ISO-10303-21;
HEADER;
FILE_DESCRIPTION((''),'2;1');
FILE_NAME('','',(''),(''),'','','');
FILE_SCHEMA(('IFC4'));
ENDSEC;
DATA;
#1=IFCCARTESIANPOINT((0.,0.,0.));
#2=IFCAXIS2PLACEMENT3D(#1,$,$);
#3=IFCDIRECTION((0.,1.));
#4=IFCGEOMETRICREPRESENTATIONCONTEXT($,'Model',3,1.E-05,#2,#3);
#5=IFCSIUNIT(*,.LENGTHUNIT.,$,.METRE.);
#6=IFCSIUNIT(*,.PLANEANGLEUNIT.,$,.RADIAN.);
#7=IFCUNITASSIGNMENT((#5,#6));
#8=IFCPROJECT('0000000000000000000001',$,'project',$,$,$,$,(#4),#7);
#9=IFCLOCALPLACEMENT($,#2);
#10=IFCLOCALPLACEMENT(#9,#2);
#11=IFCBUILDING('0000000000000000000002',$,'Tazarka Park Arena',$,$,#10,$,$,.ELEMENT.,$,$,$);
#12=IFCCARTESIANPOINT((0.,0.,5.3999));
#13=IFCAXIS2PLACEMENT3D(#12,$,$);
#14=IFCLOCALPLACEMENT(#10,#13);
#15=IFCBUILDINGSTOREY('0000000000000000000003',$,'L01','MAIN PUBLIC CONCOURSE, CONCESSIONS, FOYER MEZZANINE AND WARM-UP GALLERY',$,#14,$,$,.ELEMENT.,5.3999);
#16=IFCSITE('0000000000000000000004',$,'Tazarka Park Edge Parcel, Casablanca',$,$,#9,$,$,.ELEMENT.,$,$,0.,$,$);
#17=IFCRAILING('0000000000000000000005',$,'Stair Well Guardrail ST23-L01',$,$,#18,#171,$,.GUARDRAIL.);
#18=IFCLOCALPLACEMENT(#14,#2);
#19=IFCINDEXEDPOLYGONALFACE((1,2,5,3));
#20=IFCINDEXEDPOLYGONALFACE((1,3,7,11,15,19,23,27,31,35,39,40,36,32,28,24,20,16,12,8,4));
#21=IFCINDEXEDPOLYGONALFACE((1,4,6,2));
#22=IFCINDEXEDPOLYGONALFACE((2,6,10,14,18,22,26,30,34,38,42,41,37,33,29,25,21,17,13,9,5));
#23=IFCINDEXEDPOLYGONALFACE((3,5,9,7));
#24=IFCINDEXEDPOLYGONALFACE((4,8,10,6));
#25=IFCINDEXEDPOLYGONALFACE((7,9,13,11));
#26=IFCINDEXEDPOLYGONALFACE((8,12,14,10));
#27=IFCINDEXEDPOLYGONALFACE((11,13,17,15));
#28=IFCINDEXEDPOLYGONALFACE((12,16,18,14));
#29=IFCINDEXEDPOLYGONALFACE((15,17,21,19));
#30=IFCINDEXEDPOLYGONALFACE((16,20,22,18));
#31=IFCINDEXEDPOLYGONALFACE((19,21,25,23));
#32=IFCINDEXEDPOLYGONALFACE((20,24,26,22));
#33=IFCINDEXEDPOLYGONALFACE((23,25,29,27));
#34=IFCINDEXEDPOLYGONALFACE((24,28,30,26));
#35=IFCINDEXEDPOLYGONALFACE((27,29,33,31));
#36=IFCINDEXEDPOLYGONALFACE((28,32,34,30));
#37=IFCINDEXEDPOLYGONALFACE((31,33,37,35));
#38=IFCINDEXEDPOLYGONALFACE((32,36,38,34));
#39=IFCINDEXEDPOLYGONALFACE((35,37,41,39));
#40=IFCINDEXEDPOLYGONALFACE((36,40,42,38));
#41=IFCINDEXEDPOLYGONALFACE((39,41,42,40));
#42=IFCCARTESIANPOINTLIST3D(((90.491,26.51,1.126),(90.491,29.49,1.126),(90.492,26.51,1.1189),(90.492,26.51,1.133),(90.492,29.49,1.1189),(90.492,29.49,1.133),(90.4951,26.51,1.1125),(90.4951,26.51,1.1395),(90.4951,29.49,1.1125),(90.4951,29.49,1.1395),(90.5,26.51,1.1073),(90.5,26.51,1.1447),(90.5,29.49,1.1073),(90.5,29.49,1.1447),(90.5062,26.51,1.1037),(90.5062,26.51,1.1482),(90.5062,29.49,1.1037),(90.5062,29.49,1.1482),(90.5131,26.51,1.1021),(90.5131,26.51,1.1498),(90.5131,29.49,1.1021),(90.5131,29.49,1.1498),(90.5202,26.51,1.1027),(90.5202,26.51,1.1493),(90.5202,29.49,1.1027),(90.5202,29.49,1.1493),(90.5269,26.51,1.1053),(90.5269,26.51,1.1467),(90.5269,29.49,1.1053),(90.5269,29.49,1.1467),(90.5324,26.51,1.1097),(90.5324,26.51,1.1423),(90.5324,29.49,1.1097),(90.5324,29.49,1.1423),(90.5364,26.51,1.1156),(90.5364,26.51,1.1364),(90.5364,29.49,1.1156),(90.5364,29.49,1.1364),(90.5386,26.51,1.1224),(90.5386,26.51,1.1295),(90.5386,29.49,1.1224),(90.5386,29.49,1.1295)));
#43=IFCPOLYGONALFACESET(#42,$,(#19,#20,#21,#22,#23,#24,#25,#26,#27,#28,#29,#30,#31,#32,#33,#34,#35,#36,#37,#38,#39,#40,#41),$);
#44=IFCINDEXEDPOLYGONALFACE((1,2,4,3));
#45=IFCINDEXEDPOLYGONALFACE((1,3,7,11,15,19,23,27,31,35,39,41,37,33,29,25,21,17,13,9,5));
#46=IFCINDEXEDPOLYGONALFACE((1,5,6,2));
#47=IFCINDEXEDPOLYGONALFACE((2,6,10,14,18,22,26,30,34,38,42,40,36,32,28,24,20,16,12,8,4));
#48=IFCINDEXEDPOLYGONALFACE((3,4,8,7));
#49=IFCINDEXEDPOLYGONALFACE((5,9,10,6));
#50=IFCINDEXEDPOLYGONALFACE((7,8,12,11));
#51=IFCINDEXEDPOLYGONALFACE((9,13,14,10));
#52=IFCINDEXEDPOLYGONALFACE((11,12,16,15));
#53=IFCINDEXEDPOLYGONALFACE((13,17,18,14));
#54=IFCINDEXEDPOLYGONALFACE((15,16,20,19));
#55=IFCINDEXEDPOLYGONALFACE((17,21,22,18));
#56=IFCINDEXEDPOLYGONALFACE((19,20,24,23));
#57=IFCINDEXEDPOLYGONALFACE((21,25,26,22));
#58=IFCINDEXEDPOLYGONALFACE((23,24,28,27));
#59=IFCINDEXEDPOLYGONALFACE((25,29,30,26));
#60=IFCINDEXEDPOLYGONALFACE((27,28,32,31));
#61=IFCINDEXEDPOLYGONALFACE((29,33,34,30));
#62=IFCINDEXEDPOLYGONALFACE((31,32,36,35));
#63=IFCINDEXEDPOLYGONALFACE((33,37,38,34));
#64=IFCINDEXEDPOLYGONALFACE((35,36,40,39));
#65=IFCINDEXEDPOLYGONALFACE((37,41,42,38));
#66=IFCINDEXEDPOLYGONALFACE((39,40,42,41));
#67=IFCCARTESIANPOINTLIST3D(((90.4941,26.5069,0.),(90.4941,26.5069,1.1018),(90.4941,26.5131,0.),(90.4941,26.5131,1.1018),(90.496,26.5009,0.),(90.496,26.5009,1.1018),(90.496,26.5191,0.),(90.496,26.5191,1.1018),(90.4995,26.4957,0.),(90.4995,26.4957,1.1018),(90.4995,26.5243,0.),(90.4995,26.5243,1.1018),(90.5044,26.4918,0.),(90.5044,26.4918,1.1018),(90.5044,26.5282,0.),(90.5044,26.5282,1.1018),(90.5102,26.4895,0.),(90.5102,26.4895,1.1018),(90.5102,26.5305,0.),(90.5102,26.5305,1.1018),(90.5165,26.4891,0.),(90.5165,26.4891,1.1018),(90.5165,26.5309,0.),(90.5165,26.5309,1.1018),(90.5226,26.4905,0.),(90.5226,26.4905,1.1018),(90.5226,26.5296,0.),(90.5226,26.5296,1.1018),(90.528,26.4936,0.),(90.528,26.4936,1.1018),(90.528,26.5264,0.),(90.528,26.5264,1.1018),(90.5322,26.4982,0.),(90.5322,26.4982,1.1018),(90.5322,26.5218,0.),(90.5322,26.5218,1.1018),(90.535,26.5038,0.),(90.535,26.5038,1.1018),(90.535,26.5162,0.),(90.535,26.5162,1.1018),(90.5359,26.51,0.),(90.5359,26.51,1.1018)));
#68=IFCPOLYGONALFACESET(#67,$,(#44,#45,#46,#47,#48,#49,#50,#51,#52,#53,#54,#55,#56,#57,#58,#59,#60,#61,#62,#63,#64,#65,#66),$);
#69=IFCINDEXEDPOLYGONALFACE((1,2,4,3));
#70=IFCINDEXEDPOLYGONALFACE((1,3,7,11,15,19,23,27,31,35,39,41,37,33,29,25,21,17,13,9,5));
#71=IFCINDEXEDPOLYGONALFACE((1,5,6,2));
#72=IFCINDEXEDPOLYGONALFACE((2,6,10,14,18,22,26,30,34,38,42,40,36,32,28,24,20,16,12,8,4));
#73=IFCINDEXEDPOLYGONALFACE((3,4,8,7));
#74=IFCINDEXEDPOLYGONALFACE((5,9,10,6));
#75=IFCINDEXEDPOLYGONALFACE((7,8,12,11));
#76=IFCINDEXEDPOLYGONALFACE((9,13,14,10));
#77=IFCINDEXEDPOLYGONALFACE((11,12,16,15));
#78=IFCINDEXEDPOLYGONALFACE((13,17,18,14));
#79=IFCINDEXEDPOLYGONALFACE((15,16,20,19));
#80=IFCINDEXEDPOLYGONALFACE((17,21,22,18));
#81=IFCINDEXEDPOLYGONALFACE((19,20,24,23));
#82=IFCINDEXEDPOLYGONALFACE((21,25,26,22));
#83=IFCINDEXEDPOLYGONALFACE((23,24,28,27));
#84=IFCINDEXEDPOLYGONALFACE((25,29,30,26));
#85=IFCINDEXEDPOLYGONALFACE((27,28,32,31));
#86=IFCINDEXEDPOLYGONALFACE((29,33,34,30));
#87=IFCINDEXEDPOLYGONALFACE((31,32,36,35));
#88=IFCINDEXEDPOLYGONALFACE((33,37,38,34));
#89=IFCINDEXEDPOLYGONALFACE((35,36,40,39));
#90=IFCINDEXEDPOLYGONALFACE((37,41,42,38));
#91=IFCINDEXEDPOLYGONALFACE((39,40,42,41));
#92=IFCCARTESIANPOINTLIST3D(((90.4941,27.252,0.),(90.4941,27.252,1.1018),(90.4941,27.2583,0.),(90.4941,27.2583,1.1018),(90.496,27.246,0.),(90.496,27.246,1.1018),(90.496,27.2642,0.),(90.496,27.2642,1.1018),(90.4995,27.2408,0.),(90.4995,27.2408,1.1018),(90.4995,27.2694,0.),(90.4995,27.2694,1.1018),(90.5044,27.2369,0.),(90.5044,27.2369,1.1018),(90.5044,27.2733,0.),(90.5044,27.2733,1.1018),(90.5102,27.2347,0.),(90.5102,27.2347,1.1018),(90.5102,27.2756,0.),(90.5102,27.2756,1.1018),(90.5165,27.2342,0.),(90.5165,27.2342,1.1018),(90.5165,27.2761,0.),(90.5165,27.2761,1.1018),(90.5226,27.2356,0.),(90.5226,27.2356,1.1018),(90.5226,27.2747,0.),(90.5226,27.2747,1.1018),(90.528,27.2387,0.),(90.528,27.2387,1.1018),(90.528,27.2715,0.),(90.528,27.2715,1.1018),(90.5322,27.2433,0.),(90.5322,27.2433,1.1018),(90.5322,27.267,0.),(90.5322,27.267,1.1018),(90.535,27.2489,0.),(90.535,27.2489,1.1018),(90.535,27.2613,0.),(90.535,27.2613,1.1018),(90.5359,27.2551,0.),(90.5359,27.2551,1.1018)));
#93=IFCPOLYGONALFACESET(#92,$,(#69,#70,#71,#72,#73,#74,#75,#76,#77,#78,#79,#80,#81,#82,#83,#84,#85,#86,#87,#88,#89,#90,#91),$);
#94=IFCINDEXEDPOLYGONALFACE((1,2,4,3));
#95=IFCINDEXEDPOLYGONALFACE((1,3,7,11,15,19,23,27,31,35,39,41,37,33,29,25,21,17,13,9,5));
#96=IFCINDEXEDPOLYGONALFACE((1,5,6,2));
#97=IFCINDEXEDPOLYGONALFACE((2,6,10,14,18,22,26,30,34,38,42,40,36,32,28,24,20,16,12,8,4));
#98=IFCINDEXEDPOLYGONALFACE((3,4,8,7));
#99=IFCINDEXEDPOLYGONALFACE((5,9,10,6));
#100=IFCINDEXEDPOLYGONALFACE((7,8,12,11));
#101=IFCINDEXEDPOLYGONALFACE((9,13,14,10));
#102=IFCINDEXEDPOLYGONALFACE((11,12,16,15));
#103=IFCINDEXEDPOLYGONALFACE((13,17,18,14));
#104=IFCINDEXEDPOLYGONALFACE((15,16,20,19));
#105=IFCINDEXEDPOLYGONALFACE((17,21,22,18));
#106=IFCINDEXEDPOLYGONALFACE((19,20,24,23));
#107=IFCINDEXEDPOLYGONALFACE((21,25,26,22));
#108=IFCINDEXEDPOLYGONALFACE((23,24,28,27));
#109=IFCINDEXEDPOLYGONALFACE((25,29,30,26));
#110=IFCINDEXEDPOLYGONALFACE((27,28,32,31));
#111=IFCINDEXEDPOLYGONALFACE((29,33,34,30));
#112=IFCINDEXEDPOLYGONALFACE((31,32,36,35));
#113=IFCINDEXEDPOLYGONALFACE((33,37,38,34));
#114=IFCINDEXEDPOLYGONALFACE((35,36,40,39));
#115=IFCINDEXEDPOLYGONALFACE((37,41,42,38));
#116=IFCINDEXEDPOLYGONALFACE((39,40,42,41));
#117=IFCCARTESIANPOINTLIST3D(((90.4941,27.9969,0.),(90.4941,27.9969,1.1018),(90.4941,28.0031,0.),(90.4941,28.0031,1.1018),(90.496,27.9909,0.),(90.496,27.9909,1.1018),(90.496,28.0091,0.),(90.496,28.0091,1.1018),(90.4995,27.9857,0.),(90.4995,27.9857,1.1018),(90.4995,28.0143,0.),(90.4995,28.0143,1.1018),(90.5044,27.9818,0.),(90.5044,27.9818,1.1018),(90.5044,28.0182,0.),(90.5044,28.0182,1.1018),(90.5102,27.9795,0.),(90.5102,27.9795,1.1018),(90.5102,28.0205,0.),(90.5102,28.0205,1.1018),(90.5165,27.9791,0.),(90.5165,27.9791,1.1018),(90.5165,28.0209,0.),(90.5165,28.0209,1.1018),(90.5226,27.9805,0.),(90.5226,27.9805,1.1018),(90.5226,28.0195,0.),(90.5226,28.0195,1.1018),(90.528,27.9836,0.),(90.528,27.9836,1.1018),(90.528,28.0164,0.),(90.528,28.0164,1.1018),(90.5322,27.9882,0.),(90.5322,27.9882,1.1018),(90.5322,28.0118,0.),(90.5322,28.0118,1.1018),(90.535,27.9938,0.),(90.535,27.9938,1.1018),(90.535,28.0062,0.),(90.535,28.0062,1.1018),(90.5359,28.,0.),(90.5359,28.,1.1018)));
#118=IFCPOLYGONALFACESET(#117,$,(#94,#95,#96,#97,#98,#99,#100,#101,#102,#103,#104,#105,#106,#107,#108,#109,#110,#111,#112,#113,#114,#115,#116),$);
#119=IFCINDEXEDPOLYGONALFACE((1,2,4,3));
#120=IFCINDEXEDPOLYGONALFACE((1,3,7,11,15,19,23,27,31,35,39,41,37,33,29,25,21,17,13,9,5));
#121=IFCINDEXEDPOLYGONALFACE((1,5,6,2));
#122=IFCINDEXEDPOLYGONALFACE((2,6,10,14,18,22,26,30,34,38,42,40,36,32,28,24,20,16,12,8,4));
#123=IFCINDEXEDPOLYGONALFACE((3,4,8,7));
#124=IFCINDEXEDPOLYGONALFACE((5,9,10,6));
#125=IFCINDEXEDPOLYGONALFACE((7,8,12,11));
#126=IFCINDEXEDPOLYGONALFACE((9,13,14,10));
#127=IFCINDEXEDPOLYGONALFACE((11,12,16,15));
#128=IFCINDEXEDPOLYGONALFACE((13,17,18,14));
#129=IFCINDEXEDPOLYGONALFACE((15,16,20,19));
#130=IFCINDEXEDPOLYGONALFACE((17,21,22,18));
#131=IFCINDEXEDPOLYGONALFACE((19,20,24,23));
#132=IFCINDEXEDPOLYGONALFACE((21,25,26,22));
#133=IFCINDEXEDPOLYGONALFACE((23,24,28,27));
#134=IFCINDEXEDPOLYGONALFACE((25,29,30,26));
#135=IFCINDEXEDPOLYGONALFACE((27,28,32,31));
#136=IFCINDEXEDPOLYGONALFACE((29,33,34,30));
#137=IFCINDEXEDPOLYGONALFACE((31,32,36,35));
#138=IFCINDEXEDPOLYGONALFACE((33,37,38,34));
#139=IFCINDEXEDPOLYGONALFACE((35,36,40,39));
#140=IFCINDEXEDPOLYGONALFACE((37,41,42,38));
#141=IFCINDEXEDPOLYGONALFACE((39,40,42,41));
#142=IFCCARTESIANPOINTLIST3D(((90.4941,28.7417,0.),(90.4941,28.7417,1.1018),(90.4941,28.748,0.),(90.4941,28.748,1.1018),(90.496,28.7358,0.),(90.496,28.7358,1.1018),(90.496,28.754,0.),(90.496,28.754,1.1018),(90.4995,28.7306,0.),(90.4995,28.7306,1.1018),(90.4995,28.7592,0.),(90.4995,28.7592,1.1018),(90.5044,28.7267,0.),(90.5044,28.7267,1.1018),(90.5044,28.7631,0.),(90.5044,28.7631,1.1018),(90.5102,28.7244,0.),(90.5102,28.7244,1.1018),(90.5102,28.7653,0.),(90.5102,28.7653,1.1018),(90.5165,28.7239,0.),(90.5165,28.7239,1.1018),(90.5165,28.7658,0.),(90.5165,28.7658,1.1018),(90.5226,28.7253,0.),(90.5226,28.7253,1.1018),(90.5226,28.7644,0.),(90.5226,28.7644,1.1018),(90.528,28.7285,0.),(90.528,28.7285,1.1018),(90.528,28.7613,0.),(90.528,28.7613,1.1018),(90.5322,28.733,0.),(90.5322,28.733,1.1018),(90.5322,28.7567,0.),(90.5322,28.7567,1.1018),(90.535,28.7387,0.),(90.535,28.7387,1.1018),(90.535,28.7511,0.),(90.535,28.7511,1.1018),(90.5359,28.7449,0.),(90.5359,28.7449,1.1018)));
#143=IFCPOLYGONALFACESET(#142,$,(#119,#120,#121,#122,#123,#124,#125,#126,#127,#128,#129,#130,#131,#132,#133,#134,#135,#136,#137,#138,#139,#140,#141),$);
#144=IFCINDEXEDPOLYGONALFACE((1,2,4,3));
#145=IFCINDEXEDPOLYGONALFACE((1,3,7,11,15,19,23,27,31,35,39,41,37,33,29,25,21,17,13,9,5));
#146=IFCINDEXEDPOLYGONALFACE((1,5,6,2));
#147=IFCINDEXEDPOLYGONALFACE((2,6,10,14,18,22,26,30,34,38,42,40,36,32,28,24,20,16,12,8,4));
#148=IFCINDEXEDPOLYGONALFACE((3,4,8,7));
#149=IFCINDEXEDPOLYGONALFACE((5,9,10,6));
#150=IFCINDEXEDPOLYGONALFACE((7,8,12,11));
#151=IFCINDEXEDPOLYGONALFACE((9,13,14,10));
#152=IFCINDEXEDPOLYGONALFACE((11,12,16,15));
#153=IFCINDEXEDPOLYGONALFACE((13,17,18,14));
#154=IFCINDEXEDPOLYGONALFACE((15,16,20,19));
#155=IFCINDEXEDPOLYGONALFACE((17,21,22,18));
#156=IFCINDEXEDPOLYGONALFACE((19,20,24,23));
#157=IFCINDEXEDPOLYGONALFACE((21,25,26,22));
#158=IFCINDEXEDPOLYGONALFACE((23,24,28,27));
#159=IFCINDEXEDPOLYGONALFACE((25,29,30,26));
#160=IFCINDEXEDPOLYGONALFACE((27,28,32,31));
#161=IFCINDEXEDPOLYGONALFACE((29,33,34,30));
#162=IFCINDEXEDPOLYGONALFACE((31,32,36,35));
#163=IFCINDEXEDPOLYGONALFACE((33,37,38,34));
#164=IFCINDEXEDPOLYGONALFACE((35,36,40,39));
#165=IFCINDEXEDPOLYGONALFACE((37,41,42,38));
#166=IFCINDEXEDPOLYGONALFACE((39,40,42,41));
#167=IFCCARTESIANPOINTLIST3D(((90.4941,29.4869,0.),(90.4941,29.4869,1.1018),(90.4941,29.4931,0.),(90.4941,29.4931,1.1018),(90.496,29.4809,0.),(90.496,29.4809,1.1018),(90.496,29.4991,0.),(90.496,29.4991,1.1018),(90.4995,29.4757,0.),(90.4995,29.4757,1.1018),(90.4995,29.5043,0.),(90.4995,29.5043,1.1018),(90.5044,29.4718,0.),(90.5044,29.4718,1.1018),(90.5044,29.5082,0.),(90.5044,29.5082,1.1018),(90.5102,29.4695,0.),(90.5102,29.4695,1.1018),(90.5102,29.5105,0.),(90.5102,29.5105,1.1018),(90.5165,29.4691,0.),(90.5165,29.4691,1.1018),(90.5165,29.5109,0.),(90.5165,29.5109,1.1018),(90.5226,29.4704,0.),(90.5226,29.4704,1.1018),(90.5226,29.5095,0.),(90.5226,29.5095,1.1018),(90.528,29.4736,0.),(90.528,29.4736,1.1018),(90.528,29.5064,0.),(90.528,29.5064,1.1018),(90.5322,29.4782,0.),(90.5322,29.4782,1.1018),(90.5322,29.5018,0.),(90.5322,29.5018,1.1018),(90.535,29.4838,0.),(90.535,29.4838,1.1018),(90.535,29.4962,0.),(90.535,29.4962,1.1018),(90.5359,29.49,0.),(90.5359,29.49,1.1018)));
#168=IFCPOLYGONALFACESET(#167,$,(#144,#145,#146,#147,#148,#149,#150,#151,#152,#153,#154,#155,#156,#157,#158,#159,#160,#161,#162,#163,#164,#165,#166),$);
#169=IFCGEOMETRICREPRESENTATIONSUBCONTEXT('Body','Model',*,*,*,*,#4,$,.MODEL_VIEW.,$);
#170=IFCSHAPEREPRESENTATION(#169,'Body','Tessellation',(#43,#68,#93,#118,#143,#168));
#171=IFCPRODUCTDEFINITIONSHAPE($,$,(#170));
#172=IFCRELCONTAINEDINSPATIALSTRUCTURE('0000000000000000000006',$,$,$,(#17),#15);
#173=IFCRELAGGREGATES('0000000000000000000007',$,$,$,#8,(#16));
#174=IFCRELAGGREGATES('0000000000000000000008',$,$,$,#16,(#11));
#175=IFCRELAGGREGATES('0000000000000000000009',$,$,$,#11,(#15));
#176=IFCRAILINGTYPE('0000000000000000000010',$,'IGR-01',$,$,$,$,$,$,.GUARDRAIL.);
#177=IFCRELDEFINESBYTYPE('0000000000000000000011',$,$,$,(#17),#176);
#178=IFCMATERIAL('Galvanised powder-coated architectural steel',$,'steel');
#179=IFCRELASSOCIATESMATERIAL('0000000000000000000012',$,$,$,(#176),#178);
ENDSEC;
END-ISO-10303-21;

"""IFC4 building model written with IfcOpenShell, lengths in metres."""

from ifc_helpers import new_model, si_unit, direction, frame, origin, origin_2d, place, context, subcontext, project, spatial, circle, extrude, material, type_object, element, save


model = new_model("IFC4")

# Units and contexts
model_context = context("Model", 3, precision=1e-05, world=origin(), true_north=direction((0.0, 1.0)))
body_context = subcontext(model_context, "Body", "Model", "MODEL_VIEW")
ifc_project = project(units=[si_unit("LENGTHUNIT", "METRE"), si_unit("PLANEANGLEUNIT", "RADIAN")], contexts=[model_context])

# Site, building, storey
site_placement = place(None, origin())
site = spatial("IfcSite", under=ifc_project, at=site_placement, Name="Tazarka Park Edge Parcel, Casablanca", CompositionType="ELEMENT", RefElevation=0.0)
building_placement = place(site_placement, origin())
building = spatial("IfcBuilding", under=site, at=building_placement, Name="Tazarka Park Arena", CompositionType="ELEMENT")
storey_placement = place(building_placement, frame((0.0, 0.0, 5.3999)))
storey = spatial("IfcBuildingStorey", under=building, at=storey_placement, Name="L01", Description="MAIN PUBLIC CONCOURSE, CONCESSIONS, FOYER MEZZANINE AND WARM-UP GALLERY", CompositionType="ELEMENT", Elevation=5.3999)

# Railing
ifc_material_1 = material(Name="Galvanised powder-coated architectural steel", Category="steel")
railing_type_1 = type_object("IfcRailingType", Name="IGR-01", PredefinedType="GUARDRAIL", material=ifc_material_1)
for number, where, name in (
    (1, (90.5149, 26.51, 0.0), "Stair Well Guardrail ST23-L01"),
):
    element("IfcRailing", number, at=place(storey_placement, frame(where)), inside=storey, type_object=railing_type_1, Name=name, PredefinedType="GUARDRAIL", context=body_context, shape_type="SweptSolid", body=[
        extrude(circle(Radius=0.0239, at=origin_2d()), frame((0.0, 0.0, 1.126), z_axis=(0.0, 1.0, 0.0), x_axis=(-1.0, 0.0, 0.0)), (0.0, 0.0, 1.0), 2.98),
        extrude(circle(Radius=0.021, at=origin_2d()), origin(), (0.0, 0.0, 1.0), 1.1018),
        extrude(circle(Radius=0.021, at=origin_2d()), frame((0.0, 0.7451, 0.0)), (0.0, 0.0, 1.0), 1.1018),
        extrude(circle(Radius=0.021, at=origin_2d()), frame((0.0, 1.49, 0.0)), (0.0, 0.0, 1.0), 1.1018),
        extrude(circle(Radius=0.021, at=origin_2d()), frame((0.0, 2.2349, 0.0)), (0.0, 0.0, 1.0), 1.1018),
        extrude(circle(Radius=0.021, at=origin_2d()), frame((0.0, 2.98, 0.0)), (0.0, 0.0, 1.0), 1.1018),
    ])

save(model, "model.ifc")
